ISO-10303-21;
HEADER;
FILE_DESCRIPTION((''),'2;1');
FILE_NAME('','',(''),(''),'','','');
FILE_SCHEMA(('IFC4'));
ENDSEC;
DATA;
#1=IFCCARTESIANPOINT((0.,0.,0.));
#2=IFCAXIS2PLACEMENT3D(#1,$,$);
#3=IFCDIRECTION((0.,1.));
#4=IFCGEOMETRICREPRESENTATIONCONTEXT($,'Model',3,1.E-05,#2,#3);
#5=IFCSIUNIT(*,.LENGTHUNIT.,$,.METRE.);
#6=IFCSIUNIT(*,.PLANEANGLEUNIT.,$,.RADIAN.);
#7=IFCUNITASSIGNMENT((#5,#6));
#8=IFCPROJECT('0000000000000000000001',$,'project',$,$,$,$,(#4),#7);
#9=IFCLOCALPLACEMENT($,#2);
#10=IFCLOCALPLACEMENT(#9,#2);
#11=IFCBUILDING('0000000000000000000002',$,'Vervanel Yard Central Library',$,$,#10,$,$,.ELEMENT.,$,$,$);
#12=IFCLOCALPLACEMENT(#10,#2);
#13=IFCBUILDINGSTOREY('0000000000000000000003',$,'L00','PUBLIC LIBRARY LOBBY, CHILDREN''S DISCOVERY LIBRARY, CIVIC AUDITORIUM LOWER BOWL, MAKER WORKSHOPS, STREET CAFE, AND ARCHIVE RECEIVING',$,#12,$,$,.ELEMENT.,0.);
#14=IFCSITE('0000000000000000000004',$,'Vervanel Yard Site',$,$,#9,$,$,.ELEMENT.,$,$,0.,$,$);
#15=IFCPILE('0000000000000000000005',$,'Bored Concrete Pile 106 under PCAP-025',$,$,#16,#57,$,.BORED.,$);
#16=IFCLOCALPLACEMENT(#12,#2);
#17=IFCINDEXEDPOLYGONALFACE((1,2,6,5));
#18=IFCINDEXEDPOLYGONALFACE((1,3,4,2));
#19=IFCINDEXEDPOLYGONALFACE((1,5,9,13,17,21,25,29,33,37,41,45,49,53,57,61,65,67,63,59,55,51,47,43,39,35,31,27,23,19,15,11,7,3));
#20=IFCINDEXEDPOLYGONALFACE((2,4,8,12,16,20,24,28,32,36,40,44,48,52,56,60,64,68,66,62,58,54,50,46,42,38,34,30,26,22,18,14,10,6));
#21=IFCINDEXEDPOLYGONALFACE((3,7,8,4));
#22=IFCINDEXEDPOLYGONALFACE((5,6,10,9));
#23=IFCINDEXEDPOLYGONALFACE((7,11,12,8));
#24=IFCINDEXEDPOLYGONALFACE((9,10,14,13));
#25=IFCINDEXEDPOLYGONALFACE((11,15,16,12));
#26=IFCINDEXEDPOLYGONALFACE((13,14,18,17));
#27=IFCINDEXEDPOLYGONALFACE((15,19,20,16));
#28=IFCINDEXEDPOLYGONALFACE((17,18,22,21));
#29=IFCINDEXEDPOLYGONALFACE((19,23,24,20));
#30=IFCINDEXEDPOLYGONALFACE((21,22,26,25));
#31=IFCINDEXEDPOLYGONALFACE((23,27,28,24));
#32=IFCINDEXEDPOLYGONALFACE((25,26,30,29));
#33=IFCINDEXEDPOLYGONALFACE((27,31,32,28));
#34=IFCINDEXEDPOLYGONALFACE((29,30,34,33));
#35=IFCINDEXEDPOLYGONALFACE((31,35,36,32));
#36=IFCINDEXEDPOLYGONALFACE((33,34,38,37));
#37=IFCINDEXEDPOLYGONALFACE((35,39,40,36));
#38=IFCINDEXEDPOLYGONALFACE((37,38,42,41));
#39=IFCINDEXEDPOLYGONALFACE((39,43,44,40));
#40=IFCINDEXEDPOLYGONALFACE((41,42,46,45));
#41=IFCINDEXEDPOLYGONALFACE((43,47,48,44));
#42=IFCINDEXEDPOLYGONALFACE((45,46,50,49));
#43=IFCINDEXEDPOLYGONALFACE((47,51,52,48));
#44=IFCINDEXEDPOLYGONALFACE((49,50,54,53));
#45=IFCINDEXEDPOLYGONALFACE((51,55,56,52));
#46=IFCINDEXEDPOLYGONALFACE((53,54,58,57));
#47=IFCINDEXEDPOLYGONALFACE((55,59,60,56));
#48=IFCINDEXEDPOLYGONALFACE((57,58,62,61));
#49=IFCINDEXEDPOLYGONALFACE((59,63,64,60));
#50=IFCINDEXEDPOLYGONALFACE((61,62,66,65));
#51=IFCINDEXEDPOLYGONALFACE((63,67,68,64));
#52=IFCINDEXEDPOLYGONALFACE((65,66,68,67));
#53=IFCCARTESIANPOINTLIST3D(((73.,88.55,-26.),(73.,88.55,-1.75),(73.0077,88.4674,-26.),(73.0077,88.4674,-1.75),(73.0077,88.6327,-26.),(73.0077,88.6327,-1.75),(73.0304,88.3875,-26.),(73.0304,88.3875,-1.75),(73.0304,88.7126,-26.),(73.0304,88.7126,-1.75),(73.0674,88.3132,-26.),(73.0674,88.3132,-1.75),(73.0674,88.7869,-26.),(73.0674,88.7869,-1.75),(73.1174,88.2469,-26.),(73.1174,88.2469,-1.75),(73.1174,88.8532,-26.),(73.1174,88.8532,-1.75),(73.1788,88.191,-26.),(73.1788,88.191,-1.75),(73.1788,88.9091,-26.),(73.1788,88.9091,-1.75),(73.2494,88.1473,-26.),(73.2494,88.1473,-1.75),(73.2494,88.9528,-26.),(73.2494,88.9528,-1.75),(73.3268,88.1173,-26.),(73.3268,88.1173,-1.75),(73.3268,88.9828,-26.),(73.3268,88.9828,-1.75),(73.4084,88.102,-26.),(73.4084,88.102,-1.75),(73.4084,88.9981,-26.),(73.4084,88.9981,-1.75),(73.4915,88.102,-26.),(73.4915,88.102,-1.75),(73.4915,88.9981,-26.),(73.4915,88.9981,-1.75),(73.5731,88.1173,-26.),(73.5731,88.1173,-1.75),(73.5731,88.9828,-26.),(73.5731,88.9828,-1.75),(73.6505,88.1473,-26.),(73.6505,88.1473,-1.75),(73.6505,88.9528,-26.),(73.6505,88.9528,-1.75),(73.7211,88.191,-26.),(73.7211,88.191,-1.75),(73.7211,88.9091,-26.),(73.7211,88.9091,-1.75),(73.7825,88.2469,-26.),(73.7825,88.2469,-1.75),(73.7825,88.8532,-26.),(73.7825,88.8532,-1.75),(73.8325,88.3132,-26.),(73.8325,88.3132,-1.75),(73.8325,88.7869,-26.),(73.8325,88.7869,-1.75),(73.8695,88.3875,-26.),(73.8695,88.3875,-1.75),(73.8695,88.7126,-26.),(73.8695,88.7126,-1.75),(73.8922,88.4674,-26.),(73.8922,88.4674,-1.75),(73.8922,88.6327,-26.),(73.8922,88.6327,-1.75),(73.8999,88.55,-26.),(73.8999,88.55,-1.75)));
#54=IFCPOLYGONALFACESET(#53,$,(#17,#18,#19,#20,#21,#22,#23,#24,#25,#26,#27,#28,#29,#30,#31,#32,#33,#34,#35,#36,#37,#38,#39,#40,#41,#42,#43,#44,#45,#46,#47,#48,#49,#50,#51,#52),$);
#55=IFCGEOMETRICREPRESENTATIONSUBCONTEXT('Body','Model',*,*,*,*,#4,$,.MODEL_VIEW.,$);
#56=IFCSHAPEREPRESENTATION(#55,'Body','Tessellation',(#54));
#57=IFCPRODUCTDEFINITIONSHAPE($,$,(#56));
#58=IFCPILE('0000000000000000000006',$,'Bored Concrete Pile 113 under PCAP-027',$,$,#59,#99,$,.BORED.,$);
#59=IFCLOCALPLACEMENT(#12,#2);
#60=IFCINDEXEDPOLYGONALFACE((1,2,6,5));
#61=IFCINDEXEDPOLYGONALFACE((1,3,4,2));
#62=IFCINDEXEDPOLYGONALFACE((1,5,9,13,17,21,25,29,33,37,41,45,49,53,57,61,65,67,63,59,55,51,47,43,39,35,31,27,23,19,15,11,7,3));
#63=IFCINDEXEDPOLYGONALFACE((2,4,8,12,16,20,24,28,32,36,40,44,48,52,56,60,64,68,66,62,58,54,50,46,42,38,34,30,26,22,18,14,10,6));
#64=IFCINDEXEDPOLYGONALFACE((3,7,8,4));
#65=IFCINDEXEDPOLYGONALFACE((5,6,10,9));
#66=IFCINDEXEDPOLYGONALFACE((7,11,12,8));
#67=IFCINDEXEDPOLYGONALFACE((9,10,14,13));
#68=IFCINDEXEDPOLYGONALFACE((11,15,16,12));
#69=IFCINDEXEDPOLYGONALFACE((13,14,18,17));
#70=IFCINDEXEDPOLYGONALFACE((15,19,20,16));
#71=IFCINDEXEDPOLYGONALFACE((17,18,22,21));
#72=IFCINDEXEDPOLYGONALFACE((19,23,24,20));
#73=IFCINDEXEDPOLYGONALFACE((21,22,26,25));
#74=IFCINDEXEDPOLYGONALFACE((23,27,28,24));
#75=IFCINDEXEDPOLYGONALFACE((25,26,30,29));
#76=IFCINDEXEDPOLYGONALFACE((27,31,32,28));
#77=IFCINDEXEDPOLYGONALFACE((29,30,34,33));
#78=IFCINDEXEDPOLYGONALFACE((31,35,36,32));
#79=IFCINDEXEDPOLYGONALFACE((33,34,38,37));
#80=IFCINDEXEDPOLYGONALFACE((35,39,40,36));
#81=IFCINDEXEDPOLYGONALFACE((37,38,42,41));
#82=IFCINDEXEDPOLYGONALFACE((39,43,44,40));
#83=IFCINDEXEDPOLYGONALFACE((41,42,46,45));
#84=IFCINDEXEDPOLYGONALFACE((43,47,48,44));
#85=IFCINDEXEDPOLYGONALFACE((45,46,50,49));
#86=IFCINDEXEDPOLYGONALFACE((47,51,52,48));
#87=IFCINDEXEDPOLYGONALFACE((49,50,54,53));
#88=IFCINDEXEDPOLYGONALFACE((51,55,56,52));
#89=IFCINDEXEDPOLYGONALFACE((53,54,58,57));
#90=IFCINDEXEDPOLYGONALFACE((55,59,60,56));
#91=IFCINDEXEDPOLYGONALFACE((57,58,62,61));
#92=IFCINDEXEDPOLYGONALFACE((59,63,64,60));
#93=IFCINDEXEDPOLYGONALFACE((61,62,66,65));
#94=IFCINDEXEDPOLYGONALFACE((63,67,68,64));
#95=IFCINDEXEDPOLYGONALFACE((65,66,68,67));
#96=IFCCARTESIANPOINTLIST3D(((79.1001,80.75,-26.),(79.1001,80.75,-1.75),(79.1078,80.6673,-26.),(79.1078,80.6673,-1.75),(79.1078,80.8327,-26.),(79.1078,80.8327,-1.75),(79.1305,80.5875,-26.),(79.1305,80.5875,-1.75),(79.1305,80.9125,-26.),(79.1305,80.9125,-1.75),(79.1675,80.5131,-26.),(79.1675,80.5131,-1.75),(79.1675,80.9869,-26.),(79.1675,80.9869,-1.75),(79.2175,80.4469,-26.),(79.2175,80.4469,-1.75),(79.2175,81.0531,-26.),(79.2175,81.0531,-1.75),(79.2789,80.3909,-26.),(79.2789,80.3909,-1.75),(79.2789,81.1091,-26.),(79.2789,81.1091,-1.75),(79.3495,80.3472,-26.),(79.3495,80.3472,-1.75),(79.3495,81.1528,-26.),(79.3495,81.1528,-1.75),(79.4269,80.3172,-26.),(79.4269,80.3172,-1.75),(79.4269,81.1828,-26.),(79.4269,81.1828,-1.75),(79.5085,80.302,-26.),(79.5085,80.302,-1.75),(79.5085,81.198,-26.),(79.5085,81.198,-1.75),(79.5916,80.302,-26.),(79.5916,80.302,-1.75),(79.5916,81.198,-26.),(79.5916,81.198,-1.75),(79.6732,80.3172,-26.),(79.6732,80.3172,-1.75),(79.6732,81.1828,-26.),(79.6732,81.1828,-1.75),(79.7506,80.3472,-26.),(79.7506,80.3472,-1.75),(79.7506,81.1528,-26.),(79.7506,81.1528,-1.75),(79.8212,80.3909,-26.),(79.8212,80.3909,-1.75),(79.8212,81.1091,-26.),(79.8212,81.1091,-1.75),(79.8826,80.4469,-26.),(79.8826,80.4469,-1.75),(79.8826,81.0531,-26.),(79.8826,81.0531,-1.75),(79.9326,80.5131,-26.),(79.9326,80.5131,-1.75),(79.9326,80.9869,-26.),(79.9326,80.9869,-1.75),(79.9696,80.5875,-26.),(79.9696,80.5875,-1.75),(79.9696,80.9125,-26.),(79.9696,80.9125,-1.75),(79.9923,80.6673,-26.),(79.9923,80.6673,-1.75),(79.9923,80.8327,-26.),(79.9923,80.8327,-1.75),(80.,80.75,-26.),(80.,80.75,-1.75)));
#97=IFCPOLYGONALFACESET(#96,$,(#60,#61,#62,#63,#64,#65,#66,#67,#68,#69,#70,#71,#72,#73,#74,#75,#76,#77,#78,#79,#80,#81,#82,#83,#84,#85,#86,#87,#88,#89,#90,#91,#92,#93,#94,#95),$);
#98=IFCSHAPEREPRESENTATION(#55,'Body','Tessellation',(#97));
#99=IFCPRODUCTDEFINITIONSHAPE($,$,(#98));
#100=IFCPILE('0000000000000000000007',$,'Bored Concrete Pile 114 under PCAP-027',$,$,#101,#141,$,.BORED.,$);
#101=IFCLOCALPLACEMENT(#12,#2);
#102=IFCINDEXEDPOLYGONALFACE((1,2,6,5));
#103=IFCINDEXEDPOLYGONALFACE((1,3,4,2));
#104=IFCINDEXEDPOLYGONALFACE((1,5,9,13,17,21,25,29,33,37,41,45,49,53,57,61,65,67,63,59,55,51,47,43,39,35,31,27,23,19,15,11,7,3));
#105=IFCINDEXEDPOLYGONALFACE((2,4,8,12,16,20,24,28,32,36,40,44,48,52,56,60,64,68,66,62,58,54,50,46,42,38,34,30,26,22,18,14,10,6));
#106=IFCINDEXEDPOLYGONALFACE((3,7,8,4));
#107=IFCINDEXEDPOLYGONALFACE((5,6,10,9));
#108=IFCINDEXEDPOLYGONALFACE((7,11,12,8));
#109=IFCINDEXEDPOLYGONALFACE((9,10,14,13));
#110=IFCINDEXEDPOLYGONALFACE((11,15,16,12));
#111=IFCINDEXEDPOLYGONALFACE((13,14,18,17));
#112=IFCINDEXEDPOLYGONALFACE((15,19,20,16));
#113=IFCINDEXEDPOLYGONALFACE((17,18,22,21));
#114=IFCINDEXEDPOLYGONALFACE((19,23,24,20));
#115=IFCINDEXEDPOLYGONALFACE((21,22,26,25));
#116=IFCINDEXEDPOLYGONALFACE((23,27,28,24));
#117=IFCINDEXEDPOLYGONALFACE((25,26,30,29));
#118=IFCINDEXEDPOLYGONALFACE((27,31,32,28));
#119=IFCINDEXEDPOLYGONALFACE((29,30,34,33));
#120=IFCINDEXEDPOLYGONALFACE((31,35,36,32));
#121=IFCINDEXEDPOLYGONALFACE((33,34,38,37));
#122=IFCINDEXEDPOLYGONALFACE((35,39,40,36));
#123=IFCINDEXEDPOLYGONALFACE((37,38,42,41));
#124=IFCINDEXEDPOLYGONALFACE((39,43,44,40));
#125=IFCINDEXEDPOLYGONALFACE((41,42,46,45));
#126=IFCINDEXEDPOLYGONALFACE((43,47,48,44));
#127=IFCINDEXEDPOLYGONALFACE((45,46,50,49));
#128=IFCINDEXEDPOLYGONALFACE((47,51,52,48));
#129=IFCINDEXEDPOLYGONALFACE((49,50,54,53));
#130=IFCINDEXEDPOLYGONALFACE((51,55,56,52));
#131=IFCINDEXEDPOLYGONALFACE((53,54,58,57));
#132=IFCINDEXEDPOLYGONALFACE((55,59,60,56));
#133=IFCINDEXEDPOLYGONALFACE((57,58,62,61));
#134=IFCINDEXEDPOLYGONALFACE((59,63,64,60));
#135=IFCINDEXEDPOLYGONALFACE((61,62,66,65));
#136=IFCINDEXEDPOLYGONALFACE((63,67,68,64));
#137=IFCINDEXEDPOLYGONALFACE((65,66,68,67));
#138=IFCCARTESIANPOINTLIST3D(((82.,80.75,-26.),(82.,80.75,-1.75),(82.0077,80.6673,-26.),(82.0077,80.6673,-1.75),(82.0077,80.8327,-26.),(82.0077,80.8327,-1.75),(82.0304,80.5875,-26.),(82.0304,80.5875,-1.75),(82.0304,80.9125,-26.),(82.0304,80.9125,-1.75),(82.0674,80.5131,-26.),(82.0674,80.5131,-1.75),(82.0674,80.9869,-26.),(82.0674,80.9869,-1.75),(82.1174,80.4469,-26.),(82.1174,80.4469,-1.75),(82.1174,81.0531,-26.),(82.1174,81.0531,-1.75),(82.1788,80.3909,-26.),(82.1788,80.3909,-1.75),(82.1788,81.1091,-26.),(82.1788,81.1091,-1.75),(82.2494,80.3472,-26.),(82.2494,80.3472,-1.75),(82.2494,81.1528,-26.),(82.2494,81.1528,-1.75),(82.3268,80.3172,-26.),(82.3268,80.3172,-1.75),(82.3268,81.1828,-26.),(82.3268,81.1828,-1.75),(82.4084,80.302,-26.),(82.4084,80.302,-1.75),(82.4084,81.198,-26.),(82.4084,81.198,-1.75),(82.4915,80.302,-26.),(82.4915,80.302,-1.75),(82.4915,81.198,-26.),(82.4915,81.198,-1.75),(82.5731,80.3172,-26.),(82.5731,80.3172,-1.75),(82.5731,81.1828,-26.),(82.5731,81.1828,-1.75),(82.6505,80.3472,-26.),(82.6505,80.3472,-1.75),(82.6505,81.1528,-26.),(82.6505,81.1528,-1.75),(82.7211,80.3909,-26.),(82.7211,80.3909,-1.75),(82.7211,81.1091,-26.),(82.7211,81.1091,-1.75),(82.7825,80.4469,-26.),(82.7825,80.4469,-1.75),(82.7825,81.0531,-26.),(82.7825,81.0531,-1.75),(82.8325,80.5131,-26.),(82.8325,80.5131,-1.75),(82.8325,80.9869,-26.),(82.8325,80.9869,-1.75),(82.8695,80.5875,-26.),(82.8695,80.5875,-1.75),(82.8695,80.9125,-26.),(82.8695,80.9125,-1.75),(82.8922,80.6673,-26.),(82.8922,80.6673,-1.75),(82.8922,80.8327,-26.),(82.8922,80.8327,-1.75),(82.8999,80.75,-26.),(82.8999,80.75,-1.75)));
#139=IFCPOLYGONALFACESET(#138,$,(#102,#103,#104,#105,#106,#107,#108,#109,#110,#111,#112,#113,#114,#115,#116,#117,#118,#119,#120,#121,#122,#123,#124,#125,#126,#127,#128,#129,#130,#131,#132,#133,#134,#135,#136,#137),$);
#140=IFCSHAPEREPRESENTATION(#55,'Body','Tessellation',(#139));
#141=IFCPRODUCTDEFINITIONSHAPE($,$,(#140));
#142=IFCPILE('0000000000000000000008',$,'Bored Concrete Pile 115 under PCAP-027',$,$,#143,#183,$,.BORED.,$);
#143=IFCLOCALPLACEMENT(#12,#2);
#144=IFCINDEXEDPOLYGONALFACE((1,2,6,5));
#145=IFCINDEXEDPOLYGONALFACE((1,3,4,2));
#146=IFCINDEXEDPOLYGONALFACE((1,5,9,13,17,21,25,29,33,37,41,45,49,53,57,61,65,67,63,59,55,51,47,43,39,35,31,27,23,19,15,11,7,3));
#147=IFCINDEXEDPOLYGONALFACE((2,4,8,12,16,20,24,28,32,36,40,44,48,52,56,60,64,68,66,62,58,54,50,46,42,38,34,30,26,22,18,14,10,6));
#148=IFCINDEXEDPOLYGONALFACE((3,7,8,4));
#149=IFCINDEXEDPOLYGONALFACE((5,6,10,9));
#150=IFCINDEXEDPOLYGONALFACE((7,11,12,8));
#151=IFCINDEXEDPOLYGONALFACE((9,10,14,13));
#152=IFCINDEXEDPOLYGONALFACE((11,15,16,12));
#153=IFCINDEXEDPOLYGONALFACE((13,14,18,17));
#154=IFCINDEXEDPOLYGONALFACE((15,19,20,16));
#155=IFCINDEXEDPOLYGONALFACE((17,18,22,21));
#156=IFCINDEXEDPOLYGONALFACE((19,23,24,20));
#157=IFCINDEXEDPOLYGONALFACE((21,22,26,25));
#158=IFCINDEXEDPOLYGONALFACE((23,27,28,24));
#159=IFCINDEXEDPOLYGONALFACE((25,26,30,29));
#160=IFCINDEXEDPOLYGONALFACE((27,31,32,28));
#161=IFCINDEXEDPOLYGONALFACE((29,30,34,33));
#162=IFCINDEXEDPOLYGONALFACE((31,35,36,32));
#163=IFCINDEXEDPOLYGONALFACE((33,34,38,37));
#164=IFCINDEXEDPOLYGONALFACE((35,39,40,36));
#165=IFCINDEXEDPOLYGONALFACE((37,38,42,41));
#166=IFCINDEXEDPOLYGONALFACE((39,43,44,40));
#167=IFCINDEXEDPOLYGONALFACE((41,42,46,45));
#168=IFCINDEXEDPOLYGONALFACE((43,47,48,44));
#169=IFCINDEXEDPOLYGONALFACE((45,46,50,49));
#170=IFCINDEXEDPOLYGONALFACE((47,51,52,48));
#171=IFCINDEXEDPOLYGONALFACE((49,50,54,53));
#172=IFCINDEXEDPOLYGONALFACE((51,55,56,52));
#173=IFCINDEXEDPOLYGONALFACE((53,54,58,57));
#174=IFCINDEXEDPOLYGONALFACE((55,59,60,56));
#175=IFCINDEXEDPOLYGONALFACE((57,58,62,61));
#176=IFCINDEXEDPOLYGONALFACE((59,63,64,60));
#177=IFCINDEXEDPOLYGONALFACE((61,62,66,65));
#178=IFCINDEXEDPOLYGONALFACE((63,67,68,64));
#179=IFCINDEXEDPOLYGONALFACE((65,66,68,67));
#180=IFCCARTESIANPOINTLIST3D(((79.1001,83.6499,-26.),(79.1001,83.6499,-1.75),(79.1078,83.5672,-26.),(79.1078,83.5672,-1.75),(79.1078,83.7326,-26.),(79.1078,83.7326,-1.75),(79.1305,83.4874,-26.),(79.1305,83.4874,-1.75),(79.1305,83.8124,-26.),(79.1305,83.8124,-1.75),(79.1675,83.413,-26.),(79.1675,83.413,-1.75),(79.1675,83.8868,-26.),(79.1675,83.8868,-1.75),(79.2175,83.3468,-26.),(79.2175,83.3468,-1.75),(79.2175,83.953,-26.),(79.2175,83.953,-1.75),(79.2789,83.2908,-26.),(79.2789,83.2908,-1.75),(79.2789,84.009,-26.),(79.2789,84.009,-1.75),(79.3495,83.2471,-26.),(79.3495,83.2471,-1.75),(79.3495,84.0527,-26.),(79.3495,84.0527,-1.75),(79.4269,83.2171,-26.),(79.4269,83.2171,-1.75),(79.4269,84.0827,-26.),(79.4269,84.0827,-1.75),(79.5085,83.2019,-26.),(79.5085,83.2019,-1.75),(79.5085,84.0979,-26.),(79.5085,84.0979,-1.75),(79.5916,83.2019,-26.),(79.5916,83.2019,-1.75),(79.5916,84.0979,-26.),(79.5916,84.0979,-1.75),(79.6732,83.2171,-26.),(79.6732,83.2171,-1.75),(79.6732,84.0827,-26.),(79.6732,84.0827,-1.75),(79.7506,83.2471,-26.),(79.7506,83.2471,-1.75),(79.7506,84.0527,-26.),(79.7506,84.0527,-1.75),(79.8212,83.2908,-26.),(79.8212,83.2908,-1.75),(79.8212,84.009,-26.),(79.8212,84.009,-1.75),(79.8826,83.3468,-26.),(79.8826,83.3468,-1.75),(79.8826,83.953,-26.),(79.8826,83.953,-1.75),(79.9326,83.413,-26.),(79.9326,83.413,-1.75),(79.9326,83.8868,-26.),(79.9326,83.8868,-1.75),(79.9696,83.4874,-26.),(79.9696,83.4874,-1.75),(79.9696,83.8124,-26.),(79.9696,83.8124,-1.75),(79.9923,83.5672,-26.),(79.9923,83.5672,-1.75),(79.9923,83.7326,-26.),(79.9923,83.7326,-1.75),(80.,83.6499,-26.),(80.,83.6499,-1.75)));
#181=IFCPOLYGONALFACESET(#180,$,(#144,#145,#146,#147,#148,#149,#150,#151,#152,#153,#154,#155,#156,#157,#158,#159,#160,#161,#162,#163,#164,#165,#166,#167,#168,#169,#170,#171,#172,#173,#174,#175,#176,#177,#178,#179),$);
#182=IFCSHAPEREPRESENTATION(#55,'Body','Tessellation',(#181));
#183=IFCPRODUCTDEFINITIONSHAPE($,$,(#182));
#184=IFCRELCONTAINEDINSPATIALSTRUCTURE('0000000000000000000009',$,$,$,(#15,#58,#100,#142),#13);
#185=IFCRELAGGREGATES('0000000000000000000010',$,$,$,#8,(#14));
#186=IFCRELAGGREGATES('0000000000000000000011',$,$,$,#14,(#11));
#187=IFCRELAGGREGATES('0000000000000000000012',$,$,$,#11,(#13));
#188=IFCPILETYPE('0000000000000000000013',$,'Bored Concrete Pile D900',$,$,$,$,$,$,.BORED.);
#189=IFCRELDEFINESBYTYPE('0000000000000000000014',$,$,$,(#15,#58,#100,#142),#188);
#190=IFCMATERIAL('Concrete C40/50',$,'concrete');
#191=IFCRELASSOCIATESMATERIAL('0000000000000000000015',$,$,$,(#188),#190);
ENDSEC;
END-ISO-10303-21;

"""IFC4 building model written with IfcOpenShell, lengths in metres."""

from ifc_helpers import new_model, si_unit, direction, frame, origin, origin_2d, place, context, subcontext, project, spatial, circle, extrude, material, material_profile, profile_set, type_object, element, save


model = new_model("IFC4")

# Units and contexts
model_context = context("Model", 3, precision=1e-05, world=origin(), true_north=direction((0.0, 1.0)))
body_context = subcontext(model_context, "Body", "Model", "MODEL_VIEW")
ifc_project = project(units=[si_unit("LENGTHUNIT", "METRE"), si_unit("PLANEANGLEUNIT", "RADIAN")], contexts=[model_context])

# Site, building, storey
site_placement = place(None, origin())
site = spatial("IfcSite", under=ifc_project, at=site_placement, Name="Vervanel Yard Site", CompositionType="ELEMENT", RefElevation=0.0)
building_placement = place(site_placement, origin())
building = spatial("IfcBuilding", under=site, at=building_placement, Name="Vervanel Yard Central Library", CompositionType="ELEMENT")
storey_placement = place(building_placement, origin())
storey = spatial("IfcBuildingStorey", under=building, at=storey_placement, Name="L00", Description="PUBLIC LIBRARY LOBBY, CHILDREN'S DISCOVERY LIBRARY, CIVIC AUDITORIUM LOWER BOWL, MAKER WORKSHOPS, STREET CAFE, AND ARCHIVE RECEIVING", CompositionType="ELEMENT", Elevation=0.0)

# Piles
ifc_material_1 = material(Name="Concrete C40/50", Category="concrete")
ifc_material_profile_1 = material_profile(ifc_material_1, circle(Radius=0.45, at=origin_2d()), Name="BP D900", Category="concrete")
ifc_profile_set_1 = profile_set([ifc_material_profile_1], Name="Concrete C40/50")
pile_type_1 = type_object("IfcPileType", Name="Bored Concrete Pile D900", PredefinedType="BORED", material=ifc_profile_set_1)
for number, where, z_axis, x_axis, name in (
    (1, (73.45, 88.55, -1.75), (0.0, 0.0, -1.0), (1.0, 0.0, 0.0), "Bored Concrete Pile 106 under PCAP-025"),
    (2, (79.55, 80.75, -1.75), (0.0, 0.0, -1.0), (1.0, 0.0, 0.0), "Bored Concrete Pile 113 under PCAP-027"),
    (3, (82.45, 80.75, -1.75), (0.0, 0.0, -1.0), (1.0, 0.0, 0.0), "Bored Concrete Pile 114 under PCAP-027"),
    (4, (79.55, 83.6499, -1.75), (0.0, 0.0, -1.0), (1.0, 0.0, 0.0), "Bored Concrete Pile 115 under PCAP-027"),
):
    element("IfcPile", number, at=place(storey_placement, frame(where, z_axis=z_axis, x_axis=x_axis)), inside=storey, type_object=pile_type_1, Name=name, PredefinedType="BORED", context=body_context, shape_type="SweptSolid", body=[
        extrude(circle(Radius=0.45, at=origin_2d()), origin(), (0.0, 0.0, 1.0), 24.25),
    ])

save(model, "model.ifc")
